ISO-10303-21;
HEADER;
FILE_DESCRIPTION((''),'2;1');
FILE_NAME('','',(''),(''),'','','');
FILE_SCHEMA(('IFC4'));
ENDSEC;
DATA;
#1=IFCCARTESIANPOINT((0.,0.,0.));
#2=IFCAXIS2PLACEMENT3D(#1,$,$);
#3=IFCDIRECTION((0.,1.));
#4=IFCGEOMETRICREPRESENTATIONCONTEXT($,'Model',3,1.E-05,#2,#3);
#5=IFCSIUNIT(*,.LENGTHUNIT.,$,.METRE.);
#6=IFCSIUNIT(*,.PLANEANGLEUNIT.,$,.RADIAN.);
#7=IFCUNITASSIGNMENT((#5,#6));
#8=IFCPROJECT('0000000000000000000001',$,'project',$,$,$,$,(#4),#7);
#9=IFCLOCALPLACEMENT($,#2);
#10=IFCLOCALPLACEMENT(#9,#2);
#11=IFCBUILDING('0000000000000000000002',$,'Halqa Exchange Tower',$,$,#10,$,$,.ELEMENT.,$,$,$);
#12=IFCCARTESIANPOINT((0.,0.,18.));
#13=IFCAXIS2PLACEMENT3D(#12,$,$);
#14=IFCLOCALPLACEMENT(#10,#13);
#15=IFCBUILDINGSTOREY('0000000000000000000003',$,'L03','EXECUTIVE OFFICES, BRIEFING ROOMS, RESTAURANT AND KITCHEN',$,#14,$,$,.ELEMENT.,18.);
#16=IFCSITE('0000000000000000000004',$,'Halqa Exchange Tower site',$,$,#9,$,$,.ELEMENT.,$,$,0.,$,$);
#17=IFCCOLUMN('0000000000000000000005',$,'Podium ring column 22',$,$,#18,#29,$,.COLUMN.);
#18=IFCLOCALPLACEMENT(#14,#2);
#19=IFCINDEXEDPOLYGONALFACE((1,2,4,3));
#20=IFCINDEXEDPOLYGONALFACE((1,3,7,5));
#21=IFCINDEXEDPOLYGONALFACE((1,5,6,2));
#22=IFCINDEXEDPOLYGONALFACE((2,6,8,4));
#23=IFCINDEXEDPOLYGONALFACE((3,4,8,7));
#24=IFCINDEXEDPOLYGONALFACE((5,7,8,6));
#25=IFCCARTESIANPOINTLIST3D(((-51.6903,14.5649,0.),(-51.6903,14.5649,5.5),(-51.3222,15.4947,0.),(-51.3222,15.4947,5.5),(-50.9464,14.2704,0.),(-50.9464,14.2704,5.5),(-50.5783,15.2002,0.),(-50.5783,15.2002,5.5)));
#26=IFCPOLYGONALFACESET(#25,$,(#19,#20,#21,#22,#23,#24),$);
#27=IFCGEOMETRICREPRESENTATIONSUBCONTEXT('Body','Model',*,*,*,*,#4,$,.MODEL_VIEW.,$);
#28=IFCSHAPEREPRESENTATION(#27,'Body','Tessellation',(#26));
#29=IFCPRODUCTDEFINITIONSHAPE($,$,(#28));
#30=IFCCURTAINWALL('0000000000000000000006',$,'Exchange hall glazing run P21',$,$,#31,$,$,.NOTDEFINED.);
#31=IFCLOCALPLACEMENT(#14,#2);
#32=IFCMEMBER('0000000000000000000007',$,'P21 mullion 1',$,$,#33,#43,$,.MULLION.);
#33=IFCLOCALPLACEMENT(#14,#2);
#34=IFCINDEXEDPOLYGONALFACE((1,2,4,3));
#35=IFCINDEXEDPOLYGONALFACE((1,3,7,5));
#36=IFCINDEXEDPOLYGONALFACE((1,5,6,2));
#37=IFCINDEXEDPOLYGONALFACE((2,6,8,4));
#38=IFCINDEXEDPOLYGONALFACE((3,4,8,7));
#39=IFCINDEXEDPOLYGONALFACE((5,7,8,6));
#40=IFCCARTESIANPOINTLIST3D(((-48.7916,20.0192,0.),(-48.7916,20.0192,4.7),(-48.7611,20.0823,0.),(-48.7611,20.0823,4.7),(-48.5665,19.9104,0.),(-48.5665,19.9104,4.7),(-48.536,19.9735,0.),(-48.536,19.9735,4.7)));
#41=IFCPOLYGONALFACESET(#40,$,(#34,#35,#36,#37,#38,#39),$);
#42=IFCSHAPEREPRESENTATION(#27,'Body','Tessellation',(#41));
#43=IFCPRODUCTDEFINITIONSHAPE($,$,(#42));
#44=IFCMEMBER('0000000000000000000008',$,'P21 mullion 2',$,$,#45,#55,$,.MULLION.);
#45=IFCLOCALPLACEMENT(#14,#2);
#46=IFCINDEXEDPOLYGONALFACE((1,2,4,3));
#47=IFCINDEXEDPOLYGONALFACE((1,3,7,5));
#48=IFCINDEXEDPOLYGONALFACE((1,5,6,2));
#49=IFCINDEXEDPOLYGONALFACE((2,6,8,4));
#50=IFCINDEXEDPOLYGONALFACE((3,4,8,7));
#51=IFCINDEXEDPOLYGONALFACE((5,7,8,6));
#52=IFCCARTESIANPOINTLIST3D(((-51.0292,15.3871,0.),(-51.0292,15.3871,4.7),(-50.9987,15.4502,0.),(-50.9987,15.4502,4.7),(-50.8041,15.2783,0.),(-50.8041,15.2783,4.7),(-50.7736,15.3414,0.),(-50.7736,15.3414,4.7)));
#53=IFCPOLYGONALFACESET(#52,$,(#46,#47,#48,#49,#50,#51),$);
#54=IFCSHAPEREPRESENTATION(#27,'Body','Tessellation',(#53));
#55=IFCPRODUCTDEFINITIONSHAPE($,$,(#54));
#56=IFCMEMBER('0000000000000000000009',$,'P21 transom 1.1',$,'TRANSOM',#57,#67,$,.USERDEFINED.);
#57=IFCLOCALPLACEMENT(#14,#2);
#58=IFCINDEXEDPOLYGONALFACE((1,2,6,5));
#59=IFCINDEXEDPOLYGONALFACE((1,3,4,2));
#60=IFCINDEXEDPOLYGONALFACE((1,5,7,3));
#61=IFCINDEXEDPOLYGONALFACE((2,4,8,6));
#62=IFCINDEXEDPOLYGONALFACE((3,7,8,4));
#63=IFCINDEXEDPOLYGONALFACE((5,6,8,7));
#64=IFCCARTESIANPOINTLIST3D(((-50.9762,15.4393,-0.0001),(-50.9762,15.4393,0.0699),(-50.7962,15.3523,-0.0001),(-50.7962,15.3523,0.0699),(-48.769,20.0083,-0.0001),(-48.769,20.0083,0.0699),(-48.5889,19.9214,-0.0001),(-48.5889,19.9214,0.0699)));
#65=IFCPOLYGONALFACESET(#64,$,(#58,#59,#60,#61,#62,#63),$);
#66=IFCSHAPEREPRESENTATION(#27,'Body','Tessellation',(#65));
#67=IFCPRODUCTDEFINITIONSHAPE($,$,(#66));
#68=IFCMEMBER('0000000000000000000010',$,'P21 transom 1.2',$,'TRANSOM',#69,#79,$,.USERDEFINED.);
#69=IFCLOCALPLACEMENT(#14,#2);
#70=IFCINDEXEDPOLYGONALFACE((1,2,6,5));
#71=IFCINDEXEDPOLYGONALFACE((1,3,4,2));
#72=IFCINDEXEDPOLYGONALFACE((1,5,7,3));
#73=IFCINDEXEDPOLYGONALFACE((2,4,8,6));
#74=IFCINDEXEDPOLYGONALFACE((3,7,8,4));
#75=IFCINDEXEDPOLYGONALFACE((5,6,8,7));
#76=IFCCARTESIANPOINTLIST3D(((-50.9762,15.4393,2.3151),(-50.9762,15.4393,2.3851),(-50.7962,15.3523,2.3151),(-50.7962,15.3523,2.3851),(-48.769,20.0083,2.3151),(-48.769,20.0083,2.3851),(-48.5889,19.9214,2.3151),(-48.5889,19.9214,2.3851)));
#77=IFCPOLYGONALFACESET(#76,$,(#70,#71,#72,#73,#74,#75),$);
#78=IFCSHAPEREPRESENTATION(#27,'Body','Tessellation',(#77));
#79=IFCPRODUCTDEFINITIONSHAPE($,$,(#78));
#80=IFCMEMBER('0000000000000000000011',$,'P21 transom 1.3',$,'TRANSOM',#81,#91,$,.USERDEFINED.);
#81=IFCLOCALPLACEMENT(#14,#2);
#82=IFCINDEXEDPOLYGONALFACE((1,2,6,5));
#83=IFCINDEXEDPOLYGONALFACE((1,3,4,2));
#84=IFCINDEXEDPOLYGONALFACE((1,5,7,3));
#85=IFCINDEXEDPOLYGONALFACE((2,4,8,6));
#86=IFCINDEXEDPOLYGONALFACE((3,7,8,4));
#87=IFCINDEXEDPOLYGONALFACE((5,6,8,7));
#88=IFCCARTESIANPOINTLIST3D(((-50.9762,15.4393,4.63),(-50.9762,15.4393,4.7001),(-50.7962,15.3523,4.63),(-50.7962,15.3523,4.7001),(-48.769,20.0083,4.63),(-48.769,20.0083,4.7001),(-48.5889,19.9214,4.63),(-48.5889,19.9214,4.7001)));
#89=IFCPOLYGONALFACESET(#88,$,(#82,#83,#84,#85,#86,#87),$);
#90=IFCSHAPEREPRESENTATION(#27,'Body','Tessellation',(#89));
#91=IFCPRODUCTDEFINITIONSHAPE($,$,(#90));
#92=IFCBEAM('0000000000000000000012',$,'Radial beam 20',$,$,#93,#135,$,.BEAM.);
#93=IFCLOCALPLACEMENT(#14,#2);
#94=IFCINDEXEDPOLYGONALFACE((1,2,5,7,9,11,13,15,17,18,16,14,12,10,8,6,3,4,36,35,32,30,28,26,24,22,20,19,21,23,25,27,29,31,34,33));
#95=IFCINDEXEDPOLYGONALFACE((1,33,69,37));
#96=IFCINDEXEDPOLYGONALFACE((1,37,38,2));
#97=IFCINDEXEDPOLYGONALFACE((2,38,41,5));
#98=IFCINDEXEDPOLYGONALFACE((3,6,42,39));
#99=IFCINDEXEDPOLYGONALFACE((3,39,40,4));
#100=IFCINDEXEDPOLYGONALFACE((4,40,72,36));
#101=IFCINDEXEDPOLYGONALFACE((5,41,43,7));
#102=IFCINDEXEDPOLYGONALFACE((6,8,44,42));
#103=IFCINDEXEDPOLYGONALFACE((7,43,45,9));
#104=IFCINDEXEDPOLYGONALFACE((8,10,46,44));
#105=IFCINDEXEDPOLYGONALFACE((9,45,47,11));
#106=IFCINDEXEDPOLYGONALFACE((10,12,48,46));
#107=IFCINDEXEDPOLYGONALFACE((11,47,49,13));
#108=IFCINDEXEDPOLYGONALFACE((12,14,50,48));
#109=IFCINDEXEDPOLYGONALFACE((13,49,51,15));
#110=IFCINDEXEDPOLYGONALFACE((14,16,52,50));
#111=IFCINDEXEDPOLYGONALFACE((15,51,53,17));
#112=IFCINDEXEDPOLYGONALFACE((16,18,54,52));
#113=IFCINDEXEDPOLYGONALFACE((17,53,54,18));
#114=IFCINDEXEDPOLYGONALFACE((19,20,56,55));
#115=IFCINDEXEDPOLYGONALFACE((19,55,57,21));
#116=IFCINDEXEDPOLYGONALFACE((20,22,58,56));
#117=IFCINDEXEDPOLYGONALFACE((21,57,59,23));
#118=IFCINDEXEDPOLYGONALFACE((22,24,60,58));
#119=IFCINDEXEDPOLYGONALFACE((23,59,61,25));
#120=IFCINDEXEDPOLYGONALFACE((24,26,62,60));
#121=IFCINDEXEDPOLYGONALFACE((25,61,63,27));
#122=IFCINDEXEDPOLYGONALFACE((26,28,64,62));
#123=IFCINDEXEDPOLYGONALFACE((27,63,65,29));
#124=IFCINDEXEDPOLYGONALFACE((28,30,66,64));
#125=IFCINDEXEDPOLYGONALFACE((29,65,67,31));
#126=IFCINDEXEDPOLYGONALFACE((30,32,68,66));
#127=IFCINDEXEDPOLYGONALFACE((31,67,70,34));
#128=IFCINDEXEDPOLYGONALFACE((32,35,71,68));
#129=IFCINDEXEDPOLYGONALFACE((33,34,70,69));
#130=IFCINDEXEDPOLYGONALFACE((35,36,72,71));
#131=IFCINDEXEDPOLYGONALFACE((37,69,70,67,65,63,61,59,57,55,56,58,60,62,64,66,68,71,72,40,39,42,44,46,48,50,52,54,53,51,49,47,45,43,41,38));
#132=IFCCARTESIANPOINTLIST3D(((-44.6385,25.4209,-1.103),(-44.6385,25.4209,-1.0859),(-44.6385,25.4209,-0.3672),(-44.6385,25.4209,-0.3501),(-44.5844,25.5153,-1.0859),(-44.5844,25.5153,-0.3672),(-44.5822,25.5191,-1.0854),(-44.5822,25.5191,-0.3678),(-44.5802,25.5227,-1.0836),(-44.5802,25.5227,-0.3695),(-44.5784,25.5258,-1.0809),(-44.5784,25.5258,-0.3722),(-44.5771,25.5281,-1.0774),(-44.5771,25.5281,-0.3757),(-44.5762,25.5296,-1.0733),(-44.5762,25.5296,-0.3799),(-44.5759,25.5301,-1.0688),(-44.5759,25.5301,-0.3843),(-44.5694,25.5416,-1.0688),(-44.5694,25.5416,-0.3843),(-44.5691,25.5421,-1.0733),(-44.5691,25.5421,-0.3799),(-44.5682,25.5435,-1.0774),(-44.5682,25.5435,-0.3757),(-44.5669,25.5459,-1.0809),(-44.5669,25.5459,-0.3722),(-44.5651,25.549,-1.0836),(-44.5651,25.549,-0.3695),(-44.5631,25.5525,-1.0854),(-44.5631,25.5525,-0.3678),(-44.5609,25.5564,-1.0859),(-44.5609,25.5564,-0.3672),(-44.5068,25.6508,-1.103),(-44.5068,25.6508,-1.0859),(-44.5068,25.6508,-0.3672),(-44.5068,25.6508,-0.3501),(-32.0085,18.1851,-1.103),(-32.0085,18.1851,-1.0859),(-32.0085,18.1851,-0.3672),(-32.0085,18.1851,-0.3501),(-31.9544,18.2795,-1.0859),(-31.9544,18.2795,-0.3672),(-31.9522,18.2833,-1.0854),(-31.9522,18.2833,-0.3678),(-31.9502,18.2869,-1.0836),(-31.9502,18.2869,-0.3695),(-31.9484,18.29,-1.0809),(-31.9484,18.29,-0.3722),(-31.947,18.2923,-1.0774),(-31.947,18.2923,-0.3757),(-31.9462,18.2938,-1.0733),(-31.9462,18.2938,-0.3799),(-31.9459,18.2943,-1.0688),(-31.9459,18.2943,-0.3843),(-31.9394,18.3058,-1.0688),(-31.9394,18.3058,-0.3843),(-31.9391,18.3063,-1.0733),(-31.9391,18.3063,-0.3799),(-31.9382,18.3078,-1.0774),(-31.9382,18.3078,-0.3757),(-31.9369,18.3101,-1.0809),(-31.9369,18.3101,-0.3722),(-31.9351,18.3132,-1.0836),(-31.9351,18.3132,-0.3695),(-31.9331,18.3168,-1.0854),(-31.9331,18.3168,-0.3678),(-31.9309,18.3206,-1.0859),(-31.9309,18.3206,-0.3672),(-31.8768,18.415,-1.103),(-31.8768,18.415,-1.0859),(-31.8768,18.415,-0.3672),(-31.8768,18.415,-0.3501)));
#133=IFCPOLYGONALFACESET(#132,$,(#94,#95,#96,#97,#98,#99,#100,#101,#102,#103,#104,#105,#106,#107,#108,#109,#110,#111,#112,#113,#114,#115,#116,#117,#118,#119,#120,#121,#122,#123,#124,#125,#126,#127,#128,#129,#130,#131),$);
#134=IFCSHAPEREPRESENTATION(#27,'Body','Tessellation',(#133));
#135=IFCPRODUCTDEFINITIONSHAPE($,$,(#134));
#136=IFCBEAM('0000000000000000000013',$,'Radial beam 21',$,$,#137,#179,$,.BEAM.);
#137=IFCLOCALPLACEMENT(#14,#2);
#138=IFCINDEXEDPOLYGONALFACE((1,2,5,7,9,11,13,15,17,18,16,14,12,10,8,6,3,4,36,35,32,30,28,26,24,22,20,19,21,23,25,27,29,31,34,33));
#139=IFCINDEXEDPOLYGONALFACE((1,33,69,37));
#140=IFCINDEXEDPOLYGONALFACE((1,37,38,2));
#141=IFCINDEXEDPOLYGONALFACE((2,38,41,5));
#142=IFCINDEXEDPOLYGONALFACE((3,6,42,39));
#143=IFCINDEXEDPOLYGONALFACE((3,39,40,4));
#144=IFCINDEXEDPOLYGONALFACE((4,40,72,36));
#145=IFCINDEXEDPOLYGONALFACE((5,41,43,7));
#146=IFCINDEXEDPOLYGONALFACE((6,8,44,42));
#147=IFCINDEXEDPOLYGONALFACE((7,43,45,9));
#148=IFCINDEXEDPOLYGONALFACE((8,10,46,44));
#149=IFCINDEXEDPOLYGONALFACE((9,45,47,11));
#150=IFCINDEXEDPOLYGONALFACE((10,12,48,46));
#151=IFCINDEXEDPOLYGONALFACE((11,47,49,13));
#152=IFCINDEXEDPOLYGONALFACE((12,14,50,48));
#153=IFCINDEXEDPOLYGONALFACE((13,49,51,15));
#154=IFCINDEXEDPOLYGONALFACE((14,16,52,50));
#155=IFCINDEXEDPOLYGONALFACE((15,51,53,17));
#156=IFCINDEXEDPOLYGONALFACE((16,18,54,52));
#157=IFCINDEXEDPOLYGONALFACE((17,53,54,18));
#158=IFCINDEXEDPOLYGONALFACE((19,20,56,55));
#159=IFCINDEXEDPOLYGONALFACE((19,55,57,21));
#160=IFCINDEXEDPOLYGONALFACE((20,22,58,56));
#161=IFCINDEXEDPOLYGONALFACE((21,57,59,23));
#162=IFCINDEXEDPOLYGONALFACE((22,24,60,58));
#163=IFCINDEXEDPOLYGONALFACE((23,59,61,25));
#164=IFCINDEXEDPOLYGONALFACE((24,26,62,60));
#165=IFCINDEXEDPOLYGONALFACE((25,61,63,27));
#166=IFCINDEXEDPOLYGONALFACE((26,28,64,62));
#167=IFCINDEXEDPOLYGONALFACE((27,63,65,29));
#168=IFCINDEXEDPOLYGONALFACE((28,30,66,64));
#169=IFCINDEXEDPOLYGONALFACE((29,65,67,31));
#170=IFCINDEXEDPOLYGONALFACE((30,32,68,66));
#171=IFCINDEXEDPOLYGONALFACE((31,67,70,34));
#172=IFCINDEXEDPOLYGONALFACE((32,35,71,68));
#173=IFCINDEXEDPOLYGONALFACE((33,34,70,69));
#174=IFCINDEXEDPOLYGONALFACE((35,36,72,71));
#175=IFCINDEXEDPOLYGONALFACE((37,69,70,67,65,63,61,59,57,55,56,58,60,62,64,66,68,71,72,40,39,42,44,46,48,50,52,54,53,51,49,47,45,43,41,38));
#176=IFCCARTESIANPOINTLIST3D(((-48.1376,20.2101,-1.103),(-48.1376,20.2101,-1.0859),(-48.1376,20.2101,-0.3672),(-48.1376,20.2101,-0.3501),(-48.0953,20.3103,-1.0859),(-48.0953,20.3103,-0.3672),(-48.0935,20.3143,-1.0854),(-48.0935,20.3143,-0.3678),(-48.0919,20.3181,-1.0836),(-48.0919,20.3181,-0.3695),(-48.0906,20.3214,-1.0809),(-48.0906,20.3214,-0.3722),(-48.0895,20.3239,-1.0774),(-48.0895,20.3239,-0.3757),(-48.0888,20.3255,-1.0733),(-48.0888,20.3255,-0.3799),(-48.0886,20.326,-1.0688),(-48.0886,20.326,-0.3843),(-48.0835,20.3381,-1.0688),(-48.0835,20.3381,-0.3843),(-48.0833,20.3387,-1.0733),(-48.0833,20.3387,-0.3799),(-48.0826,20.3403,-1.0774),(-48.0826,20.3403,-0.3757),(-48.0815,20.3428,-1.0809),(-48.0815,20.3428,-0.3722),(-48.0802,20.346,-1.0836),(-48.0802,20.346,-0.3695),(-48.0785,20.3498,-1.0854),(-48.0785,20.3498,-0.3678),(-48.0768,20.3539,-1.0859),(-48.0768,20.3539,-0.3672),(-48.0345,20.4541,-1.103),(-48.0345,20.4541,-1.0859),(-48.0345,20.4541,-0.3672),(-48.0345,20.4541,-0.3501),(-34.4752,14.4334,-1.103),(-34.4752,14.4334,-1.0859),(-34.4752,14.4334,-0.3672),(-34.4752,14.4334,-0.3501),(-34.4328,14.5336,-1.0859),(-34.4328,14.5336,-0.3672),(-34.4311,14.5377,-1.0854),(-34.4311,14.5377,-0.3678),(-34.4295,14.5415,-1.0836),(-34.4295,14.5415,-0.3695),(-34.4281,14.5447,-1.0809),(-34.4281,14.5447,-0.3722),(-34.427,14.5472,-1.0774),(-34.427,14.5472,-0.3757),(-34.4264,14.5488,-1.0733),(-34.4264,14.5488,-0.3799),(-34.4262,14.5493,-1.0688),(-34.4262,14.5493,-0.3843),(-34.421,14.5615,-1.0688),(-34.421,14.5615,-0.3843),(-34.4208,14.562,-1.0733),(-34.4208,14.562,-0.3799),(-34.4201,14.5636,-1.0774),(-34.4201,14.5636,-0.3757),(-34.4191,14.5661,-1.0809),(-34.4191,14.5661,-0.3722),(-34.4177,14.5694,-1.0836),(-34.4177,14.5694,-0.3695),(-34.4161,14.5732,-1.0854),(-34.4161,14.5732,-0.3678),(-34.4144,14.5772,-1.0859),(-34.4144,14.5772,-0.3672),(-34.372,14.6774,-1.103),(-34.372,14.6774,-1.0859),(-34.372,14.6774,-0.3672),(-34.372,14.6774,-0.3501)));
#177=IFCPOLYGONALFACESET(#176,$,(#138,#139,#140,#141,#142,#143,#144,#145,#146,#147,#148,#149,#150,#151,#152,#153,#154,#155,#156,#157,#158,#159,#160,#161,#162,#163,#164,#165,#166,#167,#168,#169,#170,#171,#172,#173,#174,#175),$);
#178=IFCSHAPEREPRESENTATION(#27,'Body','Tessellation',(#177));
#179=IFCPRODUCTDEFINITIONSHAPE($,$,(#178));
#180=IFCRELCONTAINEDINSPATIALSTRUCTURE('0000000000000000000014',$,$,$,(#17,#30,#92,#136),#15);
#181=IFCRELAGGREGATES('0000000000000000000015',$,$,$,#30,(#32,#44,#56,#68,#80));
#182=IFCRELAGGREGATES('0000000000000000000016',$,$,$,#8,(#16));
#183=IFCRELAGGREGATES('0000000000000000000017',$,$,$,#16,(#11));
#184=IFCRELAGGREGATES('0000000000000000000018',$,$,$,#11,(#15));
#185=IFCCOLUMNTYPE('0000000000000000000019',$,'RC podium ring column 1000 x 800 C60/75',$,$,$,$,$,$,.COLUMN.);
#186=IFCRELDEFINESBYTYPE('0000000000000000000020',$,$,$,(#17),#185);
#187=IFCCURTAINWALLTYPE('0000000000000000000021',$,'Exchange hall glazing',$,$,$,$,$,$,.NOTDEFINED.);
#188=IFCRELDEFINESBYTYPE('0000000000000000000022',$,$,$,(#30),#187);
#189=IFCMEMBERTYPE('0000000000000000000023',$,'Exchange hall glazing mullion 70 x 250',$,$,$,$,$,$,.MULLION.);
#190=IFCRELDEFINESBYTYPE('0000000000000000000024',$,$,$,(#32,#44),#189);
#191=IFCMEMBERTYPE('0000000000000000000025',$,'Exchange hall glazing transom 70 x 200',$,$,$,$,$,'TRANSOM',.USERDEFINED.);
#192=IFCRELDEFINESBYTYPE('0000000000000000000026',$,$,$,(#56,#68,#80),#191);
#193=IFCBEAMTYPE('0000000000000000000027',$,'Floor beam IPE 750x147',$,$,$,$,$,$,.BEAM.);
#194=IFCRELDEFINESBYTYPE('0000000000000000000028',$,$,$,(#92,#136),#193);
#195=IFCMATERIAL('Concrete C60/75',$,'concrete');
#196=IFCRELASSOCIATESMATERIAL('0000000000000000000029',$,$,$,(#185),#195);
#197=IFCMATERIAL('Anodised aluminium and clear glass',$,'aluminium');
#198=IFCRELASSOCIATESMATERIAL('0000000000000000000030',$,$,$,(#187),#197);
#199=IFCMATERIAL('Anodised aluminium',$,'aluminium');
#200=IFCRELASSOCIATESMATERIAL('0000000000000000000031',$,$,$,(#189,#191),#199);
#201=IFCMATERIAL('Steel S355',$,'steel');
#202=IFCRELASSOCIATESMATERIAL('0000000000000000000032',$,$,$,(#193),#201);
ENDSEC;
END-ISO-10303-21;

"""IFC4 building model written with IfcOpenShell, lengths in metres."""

from ifc_helpers import new_model, si_unit, direction, frame, origin, origin_2d, place, context, subcontext, project, spatial, rectangle, i_section, extrude, material, material_profile, profile_set, type_object, element, aggregate, save


model = new_model("IFC4")

# Units and contexts
model_context = context("Model", 3, precision=1e-05, world=origin(), true_north=direction((0.0, 1.0)))
body_context = subcontext(model_context, "Body", "Model", "MODEL_VIEW")
ifc_project = project(units=[si_unit("LENGTHUNIT", "METRE"), si_unit("PLANEANGLEUNIT", "RADIAN")], contexts=[model_context])

# Site, building, storey
site_placement = place(None, origin())
site = spatial("IfcSite", under=ifc_project, at=site_placement, Name="Halqa Exchange Tower site", CompositionType="ELEMENT", RefElevation=0.0)
building_placement = place(site_placement, origin())
building = spatial("IfcBuilding", under=site, at=building_placement, Name="Halqa Exchange Tower", CompositionType="ELEMENT")
storey_placement = place(building_placement, frame((0.0, 0.0, 18.0)))
storey = spatial("IfcBuildingStorey", under=building, at=storey_placement, Name="L03", Description="EXECUTIVE OFFICES, BRIEFING ROOMS, RESTAURANT AND KITCHEN", CompositionType="ELEMENT", Elevation=18.0)

# Column
ifc_material_1 = material(Name="Concrete C60/75", Category="concrete")
ifc_material_profile_1 = material_profile(ifc_material_1, rectangle(XDim=1.0, YDim=0.8, at=origin_2d()), Name="1000 x 800")
ifc_profile_set_1 = profile_set([ifc_material_profile_1], Name="Concrete C60/75")
column_type = type_object("IfcColumnType", Name="RC podium ring column 1000 x 800 C60/75", PredefinedType="COLUMN", material=ifc_profile_set_1)
column_placement = place(storey_placement, frame((-51.1343, 14.8826, 0.0), z_axis=(0.0, 0.0, 1.0), x_axis=(-0.36811, -0.929782, 0.0)))
element("IfcColumn", 1, at=column_placement, inside=storey, type_object=column_type, Name="Podium ring column 22", PredefinedType="COLUMN", context=body_context, shape_type="SweptSolid", body=[
    extrude(rectangle(XDim=1.0, YDim=0.8, at=origin_2d()), origin(), (0.0, 0.0, 1.0), 5.5),
])

# Curtain wall, members
ifc_material_2 = material(Name="Anodised aluminium and clear glass", Category="aluminium")
curtain_wall_type = type_object("IfcCurtainWallType", Name="Exchange hall glazing", PredefinedType="NOTDEFINED", material=ifc_material_2)
curtain_wall_placement = place(storey_placement, origin())
curtain_wall = element("IfcCurtainWall", 2, at=curtain_wall_placement, inside=storey, type_object=curtain_wall_type, Name="Exchange hall glazing run P21", PredefinedType="NOTDEFINED")
ifc_material_3 = material(Name="Anodised aluminium", Category="aluminium")
ifc_material_profile_2 = material_profile(ifc_material_3, rectangle(XDim=0.25, YDim=0.0701, at=origin_2d()), Name="AL 70x250")
ifc_profile_set_2 = profile_set([ifc_material_profile_2], Name="Anodised aluminium")
member_type_1 = type_object("IfcMemberType", Name="Exchange hall glazing mullion 70 x 250", PredefinedType="MULLION", material=ifc_profile_set_2)
member_1_placement = place(storey_placement, frame((-48.6638, 19.9963, 0.0), z_axis=(0.0, 0.0, 1.0), x_axis=(0.900435, -0.43499, 0.0)))
member_1 = element("IfcMember", 3, at=member_1_placement, type_object=member_type_1, Name="P21 mullion 1", PredefinedType="MULLION", context=body_context, shape_type="SweptSolid", body=[
    extrude(rectangle(XDim=0.25, YDim=0.0701, at=origin_2d()), origin(), (0.0, 0.0, 1.0), 4.7),
])
member_2_placement = place(storey_placement, frame((-50.9014, 15.3643, 0.0), z_axis=(0.0, 0.0, 1.0), x_axis=(0.900435, -0.43499, 0.0)))
member_2 = element("IfcMember", 4, at=member_2_placement, type_object=member_type_1, Name="P21 mullion 2", PredefinedType="MULLION", context=body_context, shape_type="SweptSolid", body=[
    extrude(rectangle(XDim=0.25, YDim=0.0701, at=origin_2d()), origin(), (0.0, 0.0, 1.0), 4.7),
])
ifc_material_profile_3 = material_profile(ifc_material_3, rectangle(XDim=0.2, YDim=0.0701, at=origin_2d()), Name="AL 70x200")
ifc_profile_set_3 = profile_set([ifc_material_profile_3], Name="Anodised aluminium")
member_type_2 = type_object("IfcMemberType", Name="Exchange hall glazing transom 70 x 200", ElementType="TRANSOM", PredefinedType="USERDEFINED", material=ifc_profile_set_3)
member_3_placement = place(storey_placement, frame((-48.679, 19.9648, 0.0349), z_axis=(-0.43499, -0.900435, 0.0), x_axis=(0.900435, -0.43499, 0.0)))
member_3 = element("IfcMember", 5, at=member_3_placement, type_object=member_type_2, Name="P21 transom 1.1", ObjectType="TRANSOM", PredefinedType="USERDEFINED", context=body_context, shape_type="SweptSolid", body=[
    extrude(rectangle(XDim=0.2, YDim=0.0701, at=origin_2d()), origin(), (0.0, 0.0, 1.0), 5.0742),
])
member_4_placement = place(storey_placement, frame((-48.679, 19.9648, 2.3501), z_axis=(-0.43499, -0.900435, 0.0), x_axis=(0.900435, -0.43499, 0.0)))
member_4 = element("IfcMember", 6, at=member_4_placement, type_object=member_type_2, Name="P21 transom 1.2", ObjectType="TRANSOM", PredefinedType="USERDEFINED", context=body_context, shape_type="SweptSolid", body=[
    extrude(rectangle(XDim=0.2, YDim=0.0701, at=origin_2d()), origin(), (0.0, 0.0, 1.0), 5.0742),
])
member_5_placement = place(storey_placement, frame((-48.679, 19.9648, 4.665), z_axis=(-0.43499, -0.900435, 0.0), x_axis=(0.900435, -0.43499, 0.0)))
member_5 = element("IfcMember", 7, at=member_5_placement, type_object=member_type_2, Name="P21 transom 1.3", ObjectType="TRANSOM", PredefinedType="USERDEFINED", context=body_context, shape_type="SweptSolid", body=[
    extrude(rectangle(XDim=0.2, YDim=0.0701, at=origin_2d()), origin(), (0.0, 0.0, 1.0), 5.0742),
])

# Beams
ifc_material_4 = material(Name="Steel S355", Category="steel")
ifc_material_profile_4 = material_profile(ifc_material_4, i_section(OverallWidth=0.2649, OverallDepth=0.7529, WebThickness=0.0132, FlangeThickness=0.0171, FilletRadius=0.0171, at=origin_2d()), Name="IPE 750x147")
ifc_profile_set_4 = profile_set([ifc_material_profile_4], Name="Steel S355")
beam_type_1 = type_object("IfcBeamType", Name="Floor beam IPE 750x147", PredefinedType="BEAM", material=ifc_profile_set_4)
beam_1_placement = place(storey_placement, frame((-31.9426, 18.3, -0.7266), z_axis=(-0.867691, 0.497103, 0.0), x_axis=(-0.497103, -0.867691, 0.0)))
element("IfcBeam", 8, at=beam_1_placement, inside=storey, type_object=beam_type_1, Name="Radial beam 20", PredefinedType="BEAM", context=body_context, shape_type="SweptSolid", body=[
    extrude(i_section(OverallWidth=0.2649, OverallDepth=0.7529, WebThickness=0.0132, FlangeThickness=0.0171, FilletRadius=0.0171, at=origin_2d()), origin(), (0.0, 0.0, 1.0), 14.5559),
])
beam_2_placement = place(storey_placement, frame((-34.4236, 14.5554, -0.7266), z_axis=(-0.921055, 0.389433, 0.0), x_axis=(-0.389433, -0.921055, 0.0)))
element("IfcBeam", 9, at=beam_2_placement, inside=storey, type_object=beam_type_1, Name="Radial beam 21", PredefinedType="BEAM", context=body_context, shape_type="SweptSolid", body=[
    extrude(i_section(OverallWidth=0.2649, OverallDepth=0.7529, WebThickness=0.0132, FlangeThickness=0.0171, FilletRadius=0.0171, at=origin_2d()), origin(), (0.0, 0.0, 1.0), 14.8335),
])

aggregate(curtain_wall, [member_1, member_2, member_3, member_4, member_5])

save(model, "model.ifc")
